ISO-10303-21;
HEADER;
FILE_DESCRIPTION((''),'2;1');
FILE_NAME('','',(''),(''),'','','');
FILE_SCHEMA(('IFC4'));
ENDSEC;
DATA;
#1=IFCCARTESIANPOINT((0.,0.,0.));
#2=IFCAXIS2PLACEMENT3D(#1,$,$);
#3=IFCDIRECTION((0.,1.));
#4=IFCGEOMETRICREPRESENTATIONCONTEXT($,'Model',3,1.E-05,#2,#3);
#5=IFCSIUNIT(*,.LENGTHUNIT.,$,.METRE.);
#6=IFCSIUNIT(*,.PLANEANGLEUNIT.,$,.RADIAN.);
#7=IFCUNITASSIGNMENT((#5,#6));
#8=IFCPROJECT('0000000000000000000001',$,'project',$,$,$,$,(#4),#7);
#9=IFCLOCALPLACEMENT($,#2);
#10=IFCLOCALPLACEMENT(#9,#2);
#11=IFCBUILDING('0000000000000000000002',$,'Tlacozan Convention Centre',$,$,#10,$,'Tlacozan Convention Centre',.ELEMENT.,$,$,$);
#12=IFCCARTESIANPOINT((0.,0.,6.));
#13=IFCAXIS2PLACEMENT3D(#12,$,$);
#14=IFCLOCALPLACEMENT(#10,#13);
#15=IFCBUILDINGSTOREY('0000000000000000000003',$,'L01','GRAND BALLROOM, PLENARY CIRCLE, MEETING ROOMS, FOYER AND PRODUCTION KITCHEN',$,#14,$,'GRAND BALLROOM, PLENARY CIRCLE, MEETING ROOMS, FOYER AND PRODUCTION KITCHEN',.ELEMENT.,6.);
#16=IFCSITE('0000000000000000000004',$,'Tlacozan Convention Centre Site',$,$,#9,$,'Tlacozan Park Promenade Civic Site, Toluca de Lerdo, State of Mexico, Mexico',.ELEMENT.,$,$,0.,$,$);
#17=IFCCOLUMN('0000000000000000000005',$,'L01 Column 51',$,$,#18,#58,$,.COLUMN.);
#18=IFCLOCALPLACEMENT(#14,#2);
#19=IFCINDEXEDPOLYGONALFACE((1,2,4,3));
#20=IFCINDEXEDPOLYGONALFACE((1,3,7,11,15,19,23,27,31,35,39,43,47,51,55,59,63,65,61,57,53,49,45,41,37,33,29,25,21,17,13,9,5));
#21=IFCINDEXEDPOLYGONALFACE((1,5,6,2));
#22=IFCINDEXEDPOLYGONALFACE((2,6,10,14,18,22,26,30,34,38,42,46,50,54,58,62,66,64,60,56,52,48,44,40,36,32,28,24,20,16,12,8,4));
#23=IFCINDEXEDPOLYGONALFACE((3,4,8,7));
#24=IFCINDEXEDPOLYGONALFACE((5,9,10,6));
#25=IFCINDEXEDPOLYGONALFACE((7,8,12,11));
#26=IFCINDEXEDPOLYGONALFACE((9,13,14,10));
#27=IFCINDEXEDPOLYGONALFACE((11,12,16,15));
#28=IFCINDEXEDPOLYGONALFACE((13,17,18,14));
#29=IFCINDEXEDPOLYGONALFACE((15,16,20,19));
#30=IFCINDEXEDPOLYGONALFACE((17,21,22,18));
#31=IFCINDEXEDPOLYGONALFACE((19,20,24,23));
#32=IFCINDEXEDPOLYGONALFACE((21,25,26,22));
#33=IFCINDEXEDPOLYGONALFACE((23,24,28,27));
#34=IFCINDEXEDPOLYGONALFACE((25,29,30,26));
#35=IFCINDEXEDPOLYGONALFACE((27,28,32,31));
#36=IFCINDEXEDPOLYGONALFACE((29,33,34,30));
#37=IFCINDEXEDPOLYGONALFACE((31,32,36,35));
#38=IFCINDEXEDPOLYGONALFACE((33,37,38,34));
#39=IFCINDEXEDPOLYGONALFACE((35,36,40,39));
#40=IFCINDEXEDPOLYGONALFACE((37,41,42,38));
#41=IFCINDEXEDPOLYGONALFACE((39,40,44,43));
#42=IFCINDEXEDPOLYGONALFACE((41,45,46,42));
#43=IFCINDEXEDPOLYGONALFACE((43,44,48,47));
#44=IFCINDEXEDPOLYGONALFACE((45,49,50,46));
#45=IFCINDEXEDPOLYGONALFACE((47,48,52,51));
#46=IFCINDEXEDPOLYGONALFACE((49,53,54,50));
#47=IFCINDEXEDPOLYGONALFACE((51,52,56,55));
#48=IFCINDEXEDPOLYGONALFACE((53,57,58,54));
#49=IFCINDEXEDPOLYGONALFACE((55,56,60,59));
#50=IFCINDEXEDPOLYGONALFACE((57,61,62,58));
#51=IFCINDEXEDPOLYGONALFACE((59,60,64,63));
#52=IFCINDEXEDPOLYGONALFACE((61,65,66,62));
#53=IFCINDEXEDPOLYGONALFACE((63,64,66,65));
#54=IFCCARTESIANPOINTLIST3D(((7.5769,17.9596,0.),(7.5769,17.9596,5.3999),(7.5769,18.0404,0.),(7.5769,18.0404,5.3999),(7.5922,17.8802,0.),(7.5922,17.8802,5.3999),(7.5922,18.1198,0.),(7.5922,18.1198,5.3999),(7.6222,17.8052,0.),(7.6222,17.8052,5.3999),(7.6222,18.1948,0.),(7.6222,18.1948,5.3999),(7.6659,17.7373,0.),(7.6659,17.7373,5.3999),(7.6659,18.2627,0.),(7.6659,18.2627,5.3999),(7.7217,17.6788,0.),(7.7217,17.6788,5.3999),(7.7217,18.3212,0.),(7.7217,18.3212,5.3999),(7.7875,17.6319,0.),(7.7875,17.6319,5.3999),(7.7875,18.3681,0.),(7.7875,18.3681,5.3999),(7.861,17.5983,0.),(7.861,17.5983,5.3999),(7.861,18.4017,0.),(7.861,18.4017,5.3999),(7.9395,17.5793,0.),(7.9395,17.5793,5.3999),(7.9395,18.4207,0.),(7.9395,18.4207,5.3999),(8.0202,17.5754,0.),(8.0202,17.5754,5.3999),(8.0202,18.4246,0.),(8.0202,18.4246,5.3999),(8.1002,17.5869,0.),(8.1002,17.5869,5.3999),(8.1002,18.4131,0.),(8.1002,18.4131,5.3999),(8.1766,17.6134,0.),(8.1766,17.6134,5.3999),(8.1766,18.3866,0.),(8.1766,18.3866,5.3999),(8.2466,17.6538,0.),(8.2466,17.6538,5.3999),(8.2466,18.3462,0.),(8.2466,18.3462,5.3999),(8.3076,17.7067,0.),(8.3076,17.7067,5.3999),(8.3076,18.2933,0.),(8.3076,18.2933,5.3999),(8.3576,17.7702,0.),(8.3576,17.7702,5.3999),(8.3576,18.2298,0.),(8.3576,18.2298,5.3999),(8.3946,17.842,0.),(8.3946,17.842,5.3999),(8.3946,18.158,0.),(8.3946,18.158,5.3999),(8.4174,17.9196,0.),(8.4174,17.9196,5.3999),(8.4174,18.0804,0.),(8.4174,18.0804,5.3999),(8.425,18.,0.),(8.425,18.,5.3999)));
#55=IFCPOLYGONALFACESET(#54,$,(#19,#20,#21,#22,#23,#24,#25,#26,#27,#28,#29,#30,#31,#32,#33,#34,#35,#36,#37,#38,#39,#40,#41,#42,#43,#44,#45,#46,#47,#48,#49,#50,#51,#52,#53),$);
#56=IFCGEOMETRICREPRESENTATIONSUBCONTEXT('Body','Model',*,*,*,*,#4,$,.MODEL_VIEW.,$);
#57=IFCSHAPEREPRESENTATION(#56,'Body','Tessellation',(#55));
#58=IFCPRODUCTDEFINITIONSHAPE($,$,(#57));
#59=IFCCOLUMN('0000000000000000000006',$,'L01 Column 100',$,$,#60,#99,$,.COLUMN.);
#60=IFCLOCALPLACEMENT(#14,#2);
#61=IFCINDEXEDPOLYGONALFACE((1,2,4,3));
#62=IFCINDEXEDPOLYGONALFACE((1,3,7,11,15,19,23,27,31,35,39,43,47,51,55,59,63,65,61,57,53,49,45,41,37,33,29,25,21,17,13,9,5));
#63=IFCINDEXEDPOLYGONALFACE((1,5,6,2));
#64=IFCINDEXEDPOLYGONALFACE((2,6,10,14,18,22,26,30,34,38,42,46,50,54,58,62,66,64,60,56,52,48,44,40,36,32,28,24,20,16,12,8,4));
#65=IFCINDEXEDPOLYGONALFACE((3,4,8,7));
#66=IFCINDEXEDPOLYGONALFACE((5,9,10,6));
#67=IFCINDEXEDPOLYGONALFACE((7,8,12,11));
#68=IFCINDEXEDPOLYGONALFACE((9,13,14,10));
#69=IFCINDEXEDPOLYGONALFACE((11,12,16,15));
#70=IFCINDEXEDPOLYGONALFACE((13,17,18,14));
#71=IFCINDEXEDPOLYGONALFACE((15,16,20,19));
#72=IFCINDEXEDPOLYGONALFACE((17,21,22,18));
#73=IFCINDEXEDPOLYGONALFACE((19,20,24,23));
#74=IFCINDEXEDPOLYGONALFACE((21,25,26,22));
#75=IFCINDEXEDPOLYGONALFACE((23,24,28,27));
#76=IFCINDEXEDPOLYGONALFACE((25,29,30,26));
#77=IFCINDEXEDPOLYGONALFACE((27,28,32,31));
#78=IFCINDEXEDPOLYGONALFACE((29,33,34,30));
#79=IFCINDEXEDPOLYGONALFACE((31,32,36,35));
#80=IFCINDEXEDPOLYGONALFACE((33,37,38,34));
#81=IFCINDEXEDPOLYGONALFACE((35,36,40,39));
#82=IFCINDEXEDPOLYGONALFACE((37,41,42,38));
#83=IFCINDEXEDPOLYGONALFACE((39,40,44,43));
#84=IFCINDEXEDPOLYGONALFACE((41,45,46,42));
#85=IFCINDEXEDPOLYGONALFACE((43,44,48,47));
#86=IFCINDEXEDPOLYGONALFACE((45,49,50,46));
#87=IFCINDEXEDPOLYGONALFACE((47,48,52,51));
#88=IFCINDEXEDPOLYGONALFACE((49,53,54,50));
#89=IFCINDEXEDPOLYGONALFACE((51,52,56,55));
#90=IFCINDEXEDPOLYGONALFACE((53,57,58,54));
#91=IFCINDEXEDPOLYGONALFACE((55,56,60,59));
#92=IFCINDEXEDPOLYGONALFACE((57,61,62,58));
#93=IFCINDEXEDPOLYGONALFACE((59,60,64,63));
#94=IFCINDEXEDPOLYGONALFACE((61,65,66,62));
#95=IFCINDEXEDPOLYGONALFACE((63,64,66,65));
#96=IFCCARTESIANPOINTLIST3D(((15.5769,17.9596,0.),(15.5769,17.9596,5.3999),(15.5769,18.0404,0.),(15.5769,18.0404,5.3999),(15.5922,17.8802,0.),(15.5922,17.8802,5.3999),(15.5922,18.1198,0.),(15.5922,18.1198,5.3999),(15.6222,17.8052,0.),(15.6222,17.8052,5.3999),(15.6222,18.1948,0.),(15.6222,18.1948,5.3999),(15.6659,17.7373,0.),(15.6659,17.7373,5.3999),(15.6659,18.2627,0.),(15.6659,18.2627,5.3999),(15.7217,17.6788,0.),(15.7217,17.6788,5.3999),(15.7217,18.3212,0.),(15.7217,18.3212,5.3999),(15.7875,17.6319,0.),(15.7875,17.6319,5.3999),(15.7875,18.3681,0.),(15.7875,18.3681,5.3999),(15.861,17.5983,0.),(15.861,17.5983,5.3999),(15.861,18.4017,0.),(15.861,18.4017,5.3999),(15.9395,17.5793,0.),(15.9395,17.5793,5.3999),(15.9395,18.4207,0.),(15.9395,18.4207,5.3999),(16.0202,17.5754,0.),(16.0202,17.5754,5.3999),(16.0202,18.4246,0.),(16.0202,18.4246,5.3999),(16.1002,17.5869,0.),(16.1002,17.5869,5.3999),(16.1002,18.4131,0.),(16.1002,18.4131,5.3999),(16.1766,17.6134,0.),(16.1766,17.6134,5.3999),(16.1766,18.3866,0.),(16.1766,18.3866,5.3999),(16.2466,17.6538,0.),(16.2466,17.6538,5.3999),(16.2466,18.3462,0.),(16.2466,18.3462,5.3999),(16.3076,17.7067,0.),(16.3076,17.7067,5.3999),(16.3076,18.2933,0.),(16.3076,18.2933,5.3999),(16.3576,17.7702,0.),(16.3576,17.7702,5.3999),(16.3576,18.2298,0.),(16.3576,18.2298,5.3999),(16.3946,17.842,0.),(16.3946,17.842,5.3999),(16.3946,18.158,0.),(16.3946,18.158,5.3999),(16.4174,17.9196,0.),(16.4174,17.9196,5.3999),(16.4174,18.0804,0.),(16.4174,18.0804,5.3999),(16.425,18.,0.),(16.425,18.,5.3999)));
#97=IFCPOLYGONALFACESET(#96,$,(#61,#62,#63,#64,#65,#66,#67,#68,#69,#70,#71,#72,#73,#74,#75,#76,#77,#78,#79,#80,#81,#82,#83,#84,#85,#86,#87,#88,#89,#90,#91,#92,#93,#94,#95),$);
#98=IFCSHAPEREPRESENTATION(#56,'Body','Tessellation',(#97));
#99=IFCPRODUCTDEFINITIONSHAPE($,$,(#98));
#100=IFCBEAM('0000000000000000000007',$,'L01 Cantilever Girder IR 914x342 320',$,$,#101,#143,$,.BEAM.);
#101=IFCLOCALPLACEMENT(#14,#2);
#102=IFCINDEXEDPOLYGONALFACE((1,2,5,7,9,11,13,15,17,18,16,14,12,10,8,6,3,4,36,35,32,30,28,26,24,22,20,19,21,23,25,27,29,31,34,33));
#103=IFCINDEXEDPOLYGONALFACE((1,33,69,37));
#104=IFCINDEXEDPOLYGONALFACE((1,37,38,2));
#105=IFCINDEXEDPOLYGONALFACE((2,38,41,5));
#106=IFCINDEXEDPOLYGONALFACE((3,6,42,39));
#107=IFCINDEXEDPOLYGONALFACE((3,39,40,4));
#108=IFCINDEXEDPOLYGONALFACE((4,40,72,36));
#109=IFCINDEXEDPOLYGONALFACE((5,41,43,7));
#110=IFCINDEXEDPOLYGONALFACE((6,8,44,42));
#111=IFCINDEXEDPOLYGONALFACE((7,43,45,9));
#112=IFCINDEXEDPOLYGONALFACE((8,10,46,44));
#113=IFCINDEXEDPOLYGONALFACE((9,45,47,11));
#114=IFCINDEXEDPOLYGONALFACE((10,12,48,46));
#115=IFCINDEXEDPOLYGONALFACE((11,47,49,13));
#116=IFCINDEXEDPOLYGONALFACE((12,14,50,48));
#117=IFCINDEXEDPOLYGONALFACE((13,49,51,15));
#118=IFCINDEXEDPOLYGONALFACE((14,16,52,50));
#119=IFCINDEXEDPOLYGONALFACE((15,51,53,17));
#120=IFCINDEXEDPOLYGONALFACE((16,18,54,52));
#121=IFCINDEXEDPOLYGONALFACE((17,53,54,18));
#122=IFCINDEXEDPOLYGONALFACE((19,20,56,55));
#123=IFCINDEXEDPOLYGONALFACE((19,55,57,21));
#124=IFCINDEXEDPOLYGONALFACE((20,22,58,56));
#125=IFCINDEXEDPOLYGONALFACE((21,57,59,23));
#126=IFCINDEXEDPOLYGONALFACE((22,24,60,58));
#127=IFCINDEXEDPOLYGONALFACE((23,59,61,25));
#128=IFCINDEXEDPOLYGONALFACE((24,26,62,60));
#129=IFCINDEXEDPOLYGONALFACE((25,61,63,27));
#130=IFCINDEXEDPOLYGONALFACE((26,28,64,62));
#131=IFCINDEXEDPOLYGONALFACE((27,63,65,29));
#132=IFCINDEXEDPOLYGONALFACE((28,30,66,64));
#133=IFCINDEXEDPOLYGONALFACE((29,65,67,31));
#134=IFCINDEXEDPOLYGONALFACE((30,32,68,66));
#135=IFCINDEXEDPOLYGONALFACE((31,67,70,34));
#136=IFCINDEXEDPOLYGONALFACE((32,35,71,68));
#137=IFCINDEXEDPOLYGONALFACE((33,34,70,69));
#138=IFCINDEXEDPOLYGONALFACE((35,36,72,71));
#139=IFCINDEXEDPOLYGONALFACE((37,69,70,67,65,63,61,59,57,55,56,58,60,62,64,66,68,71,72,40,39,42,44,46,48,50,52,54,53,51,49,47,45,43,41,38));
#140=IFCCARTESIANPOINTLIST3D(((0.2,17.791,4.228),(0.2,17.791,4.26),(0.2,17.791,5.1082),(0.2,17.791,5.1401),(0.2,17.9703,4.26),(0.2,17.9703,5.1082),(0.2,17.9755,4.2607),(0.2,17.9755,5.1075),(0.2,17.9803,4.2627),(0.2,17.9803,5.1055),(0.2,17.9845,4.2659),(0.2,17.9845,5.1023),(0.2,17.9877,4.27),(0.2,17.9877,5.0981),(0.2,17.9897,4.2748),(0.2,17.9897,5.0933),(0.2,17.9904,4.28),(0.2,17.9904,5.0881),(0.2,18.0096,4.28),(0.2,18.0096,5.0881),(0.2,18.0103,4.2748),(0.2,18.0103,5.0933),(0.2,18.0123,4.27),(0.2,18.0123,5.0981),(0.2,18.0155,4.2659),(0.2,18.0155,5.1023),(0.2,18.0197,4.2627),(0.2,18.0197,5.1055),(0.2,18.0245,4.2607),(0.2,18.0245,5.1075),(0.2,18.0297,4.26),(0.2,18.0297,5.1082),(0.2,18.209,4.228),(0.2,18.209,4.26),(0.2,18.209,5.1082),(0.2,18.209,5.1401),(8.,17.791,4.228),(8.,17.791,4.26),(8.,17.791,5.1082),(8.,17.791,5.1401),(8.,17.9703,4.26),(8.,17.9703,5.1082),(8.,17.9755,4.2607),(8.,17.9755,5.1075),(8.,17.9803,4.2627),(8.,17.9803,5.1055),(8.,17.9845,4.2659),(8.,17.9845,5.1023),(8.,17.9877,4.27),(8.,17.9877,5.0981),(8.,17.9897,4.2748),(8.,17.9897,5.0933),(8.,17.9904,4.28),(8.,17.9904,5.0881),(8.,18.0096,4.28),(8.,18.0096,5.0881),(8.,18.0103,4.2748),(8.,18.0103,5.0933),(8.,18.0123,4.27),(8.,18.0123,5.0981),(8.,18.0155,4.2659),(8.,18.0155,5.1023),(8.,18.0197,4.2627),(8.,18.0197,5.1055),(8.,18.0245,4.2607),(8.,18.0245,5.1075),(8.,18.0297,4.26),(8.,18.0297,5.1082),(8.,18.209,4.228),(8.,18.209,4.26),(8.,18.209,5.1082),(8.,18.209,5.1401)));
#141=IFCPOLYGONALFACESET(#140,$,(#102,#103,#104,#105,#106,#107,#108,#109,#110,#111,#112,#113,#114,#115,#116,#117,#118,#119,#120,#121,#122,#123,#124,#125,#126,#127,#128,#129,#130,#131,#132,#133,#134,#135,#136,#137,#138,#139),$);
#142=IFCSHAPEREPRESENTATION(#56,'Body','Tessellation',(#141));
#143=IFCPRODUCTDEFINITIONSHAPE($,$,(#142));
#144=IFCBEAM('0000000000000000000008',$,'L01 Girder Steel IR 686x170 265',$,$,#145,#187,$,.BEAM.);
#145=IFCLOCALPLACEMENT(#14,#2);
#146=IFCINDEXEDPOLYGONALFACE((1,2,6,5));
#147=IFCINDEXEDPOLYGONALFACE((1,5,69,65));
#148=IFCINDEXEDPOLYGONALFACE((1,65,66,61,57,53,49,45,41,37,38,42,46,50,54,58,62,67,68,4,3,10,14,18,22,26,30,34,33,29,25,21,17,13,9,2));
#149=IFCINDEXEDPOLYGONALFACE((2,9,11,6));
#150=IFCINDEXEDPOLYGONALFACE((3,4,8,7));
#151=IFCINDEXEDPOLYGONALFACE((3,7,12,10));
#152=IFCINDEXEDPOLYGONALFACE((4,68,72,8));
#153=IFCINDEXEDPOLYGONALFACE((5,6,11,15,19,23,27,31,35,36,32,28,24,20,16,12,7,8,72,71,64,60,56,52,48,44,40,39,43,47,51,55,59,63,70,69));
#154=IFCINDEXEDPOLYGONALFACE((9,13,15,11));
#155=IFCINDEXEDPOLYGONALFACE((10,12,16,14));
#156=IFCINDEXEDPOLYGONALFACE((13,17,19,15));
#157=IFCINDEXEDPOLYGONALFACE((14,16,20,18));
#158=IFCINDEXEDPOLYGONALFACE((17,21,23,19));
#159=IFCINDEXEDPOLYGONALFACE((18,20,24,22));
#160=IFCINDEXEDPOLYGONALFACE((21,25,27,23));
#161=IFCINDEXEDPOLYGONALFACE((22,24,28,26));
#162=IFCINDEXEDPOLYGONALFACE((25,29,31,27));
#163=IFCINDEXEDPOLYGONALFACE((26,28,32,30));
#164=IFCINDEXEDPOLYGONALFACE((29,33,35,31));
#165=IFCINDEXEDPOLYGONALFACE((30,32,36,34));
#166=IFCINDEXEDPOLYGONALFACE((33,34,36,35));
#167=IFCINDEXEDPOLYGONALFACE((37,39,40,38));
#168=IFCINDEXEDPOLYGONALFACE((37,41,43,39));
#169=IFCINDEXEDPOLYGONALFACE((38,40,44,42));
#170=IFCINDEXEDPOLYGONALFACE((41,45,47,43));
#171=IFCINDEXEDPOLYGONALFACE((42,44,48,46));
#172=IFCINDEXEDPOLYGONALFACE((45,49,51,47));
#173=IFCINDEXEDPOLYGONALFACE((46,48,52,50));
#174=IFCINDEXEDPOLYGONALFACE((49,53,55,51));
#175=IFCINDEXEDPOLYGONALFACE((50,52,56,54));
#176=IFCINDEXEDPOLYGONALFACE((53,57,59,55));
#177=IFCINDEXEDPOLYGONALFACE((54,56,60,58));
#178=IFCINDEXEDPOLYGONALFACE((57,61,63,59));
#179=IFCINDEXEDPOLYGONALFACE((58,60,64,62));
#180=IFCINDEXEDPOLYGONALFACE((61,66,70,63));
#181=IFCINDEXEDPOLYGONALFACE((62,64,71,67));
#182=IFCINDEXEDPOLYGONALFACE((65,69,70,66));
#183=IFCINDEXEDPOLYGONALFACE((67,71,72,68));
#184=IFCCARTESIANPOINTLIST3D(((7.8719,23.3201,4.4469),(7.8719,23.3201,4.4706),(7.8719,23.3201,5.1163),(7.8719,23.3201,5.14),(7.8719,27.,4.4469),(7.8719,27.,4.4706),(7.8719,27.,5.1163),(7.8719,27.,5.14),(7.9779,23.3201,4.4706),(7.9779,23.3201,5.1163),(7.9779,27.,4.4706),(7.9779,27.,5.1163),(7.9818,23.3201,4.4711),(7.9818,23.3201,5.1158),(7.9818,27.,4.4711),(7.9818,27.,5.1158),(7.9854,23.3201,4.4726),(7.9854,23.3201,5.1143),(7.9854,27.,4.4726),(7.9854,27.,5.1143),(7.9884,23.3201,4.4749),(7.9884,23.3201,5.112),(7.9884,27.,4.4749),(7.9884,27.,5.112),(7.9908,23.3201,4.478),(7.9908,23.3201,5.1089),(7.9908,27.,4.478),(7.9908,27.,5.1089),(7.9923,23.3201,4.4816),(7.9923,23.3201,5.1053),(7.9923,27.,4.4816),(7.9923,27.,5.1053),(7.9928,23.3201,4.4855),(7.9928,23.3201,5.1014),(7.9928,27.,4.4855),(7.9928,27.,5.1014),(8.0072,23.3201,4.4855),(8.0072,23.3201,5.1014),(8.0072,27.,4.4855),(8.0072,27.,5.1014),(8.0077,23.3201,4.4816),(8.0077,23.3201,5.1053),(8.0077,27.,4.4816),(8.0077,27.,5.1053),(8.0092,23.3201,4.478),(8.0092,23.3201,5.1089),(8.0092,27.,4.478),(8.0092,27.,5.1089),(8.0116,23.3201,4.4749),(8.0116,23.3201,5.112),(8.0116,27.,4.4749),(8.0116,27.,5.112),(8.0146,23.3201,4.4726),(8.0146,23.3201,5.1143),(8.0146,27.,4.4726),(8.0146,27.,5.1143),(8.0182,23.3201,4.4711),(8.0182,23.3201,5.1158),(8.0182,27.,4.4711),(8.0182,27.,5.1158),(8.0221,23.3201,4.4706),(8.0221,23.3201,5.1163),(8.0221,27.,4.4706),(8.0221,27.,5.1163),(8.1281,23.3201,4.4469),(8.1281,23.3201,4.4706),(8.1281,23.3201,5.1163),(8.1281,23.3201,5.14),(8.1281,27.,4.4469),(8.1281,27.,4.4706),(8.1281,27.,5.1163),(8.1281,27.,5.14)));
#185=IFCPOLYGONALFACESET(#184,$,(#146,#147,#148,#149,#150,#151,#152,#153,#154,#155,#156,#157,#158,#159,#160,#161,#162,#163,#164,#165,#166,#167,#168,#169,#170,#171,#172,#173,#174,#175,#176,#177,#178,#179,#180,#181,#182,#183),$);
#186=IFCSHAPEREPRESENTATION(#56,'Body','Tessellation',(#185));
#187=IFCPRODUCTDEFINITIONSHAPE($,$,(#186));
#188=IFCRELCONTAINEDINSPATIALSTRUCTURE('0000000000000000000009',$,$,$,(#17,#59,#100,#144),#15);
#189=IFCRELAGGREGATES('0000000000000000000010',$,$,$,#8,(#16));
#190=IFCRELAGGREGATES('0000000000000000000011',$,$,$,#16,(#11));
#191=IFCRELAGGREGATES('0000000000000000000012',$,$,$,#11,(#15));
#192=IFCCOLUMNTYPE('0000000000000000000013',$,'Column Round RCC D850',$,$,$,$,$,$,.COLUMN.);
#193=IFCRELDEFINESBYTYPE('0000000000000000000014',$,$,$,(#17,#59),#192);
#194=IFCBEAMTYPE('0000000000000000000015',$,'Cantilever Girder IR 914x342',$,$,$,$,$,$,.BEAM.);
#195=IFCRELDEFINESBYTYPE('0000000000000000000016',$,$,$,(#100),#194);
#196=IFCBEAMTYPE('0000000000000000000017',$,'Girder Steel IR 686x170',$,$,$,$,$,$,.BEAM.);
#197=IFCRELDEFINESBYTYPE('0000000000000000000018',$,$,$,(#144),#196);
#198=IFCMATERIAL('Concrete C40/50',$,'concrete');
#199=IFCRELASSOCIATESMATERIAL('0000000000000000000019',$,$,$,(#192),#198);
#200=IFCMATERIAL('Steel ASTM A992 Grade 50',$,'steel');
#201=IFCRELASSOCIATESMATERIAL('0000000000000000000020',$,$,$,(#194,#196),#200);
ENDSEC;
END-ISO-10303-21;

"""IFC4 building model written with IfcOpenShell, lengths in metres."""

from ifc_helpers import new_model, si_unit, direction, frame, origin, origin_2d, place, context, subcontext, project, spatial, circle, i_section, extrude, material, material_profile, profile_set, type_object, element, save


model = new_model("IFC4")

# Units and contexts
model_context = context("Model", 3, precision=1e-05, world=origin(), true_north=direction((0.0, 1.0)))
body_context = subcontext(model_context, "Body", "Model", "MODEL_VIEW")
ifc_project = project(units=[si_unit("LENGTHUNIT", "METRE"), si_unit("PLANEANGLEUNIT", "RADIAN")], contexts=[model_context])

# Site, building, storey
site_placement = place(None, origin())
site = spatial("IfcSite", under=ifc_project, at=site_placement, Name="Tlacozan Convention Centre Site", LongName="Tlacozan Park Promenade Civic Site, Toluca de Lerdo, State of Mexico, Mexico", CompositionType="ELEMENT", RefElevation=0.0)
building_placement = place(site_placement, origin())
building = spatial("IfcBuilding", under=site, at=building_placement, Name="Tlacozan Convention Centre", LongName="Tlacozan Convention Centre", CompositionType="ELEMENT")
storey_placement = place(building_placement, frame((0.0, 0.0, 6.0)))
storey = spatial("IfcBuildingStorey", under=building, at=storey_placement, Name="L01", Description="GRAND BALLROOM, PLENARY CIRCLE, MEETING ROOMS, FOYER AND PRODUCTION KITCHEN", LongName="GRAND BALLROOM, PLENARY CIRCLE, MEETING ROOMS, FOYER AND PRODUCTION KITCHEN", CompositionType="ELEMENT", Elevation=6.0)

# Columns
ifc_material_1 = material(Name="Concrete C40/50", Category="concrete")
ifc_material_profile_1 = material_profile(ifc_material_1, circle(Radius=0.425, at=origin_2d()), Name="RCC D850")
ifc_profile_set_1 = profile_set([ifc_material_profile_1], Name="Concrete C40/50")
column_type = type_object("IfcColumnType", Name="Column Round RCC D850", PredefinedType="COLUMN", material=ifc_profile_set_1)
for number, where, z_axis, x_axis, name in (
    (1, (8.0, 18.0, 0.0), (0.0, 0.0, 1.0), (1.0, 0.0, 0.0), "L01 Column 51"),
    (2, (16.0, 18.0, 0.0), (0.0, 0.0, 1.0), (1.0, 0.0, 0.0), "L01 Column 100"),
):
    element("IfcColumn", number, at=place(storey_placement, frame(where, z_axis=z_axis, x_axis=x_axis)), inside=storey, type_object=column_type, Name=name, PredefinedType="COLUMN", context=body_context, shape_type="SweptSolid", body=[
        extrude(circle(Radius=0.425, at=origin_2d()), origin(), (0.0, 0.0, 1.0), 5.3999),
    ])

# Beams
ifc_material_2 = material(Name="Steel ASTM A992 Grade 50", Category="steel")
ifc_material_profile_2 = material_profile(ifc_material_2, i_section(OverallWidth=0.418, OverallDepth=0.9121, WebThickness=0.0193, FlangeThickness=0.032, FilletRadius=0.02, at=origin_2d()), Name="IR 914x342.0")
ifc_profile_set_2 = profile_set([ifc_material_profile_2], Name="Steel ASTM A992 Grade 50")
beam_type_1 = type_object("IfcBeamType", Name="Cantilever Girder IR 914x342", PredefinedType="BEAM", material=ifc_profile_set_2)
beam_1_placement = place(storey_placement, frame((8.0, 18.0, 4.6841), z_axis=(-1.0, 0.0, 0.0), x_axis=(0.0, -1.0, 0.0)))
element("IfcBeam", 3, at=beam_1_placement, inside=storey, type_object=beam_type_1, Name="L01 Cantilever Girder IR 914x342 320", PredefinedType="BEAM", context=body_context, shape_type="SweptSolid", body=[
    extrude(i_section(OverallWidth=0.418, OverallDepth=0.9121, WebThickness=0.0193, FlangeThickness=0.032, FilletRadius=0.02, at=origin_2d()), origin(), (0.0, 0.0, 1.0), 7.8),
])
ifc_material_profile_3 = material_profile(ifc_material_2, i_section(OverallWidth=0.2561, OverallDepth=0.6931, WebThickness=0.0144, FlangeThickness=0.0237, FilletRadius=0.0149, at=origin_2d()), Name="IR 686x170.0")
ifc_profile_set_3 = profile_set([ifc_material_profile_3], Name="Steel ASTM A992 Grade 50")
beam_type_2 = type_object("IfcBeamType", Name="Girder Steel IR 686x170", PredefinedType="BEAM", material=ifc_profile_set_3)
beam_2_placement = place(storey_placement, frame((8.0, 23.3201, 4.7935), z_axis=(0.0, 1.0, 0.0), x_axis=(-1.0, 0.0, 0.0)))
element("IfcBeam", 4, at=beam_2_placement, inside=storey, type_object=beam_type_2, Name="L01 Girder Steel IR 686x170 265", PredefinedType="BEAM", context=body_context, shape_type="SweptSolid", body=[
    extrude(i_section(OverallWidth=0.2561, OverallDepth=0.6931, WebThickness=0.0144, FlangeThickness=0.0237, FilletRadius=0.0149, at=origin_2d()), origin(), (0.0, 0.0, 1.0), 3.6799),
])

save(model, "model.ifc")
